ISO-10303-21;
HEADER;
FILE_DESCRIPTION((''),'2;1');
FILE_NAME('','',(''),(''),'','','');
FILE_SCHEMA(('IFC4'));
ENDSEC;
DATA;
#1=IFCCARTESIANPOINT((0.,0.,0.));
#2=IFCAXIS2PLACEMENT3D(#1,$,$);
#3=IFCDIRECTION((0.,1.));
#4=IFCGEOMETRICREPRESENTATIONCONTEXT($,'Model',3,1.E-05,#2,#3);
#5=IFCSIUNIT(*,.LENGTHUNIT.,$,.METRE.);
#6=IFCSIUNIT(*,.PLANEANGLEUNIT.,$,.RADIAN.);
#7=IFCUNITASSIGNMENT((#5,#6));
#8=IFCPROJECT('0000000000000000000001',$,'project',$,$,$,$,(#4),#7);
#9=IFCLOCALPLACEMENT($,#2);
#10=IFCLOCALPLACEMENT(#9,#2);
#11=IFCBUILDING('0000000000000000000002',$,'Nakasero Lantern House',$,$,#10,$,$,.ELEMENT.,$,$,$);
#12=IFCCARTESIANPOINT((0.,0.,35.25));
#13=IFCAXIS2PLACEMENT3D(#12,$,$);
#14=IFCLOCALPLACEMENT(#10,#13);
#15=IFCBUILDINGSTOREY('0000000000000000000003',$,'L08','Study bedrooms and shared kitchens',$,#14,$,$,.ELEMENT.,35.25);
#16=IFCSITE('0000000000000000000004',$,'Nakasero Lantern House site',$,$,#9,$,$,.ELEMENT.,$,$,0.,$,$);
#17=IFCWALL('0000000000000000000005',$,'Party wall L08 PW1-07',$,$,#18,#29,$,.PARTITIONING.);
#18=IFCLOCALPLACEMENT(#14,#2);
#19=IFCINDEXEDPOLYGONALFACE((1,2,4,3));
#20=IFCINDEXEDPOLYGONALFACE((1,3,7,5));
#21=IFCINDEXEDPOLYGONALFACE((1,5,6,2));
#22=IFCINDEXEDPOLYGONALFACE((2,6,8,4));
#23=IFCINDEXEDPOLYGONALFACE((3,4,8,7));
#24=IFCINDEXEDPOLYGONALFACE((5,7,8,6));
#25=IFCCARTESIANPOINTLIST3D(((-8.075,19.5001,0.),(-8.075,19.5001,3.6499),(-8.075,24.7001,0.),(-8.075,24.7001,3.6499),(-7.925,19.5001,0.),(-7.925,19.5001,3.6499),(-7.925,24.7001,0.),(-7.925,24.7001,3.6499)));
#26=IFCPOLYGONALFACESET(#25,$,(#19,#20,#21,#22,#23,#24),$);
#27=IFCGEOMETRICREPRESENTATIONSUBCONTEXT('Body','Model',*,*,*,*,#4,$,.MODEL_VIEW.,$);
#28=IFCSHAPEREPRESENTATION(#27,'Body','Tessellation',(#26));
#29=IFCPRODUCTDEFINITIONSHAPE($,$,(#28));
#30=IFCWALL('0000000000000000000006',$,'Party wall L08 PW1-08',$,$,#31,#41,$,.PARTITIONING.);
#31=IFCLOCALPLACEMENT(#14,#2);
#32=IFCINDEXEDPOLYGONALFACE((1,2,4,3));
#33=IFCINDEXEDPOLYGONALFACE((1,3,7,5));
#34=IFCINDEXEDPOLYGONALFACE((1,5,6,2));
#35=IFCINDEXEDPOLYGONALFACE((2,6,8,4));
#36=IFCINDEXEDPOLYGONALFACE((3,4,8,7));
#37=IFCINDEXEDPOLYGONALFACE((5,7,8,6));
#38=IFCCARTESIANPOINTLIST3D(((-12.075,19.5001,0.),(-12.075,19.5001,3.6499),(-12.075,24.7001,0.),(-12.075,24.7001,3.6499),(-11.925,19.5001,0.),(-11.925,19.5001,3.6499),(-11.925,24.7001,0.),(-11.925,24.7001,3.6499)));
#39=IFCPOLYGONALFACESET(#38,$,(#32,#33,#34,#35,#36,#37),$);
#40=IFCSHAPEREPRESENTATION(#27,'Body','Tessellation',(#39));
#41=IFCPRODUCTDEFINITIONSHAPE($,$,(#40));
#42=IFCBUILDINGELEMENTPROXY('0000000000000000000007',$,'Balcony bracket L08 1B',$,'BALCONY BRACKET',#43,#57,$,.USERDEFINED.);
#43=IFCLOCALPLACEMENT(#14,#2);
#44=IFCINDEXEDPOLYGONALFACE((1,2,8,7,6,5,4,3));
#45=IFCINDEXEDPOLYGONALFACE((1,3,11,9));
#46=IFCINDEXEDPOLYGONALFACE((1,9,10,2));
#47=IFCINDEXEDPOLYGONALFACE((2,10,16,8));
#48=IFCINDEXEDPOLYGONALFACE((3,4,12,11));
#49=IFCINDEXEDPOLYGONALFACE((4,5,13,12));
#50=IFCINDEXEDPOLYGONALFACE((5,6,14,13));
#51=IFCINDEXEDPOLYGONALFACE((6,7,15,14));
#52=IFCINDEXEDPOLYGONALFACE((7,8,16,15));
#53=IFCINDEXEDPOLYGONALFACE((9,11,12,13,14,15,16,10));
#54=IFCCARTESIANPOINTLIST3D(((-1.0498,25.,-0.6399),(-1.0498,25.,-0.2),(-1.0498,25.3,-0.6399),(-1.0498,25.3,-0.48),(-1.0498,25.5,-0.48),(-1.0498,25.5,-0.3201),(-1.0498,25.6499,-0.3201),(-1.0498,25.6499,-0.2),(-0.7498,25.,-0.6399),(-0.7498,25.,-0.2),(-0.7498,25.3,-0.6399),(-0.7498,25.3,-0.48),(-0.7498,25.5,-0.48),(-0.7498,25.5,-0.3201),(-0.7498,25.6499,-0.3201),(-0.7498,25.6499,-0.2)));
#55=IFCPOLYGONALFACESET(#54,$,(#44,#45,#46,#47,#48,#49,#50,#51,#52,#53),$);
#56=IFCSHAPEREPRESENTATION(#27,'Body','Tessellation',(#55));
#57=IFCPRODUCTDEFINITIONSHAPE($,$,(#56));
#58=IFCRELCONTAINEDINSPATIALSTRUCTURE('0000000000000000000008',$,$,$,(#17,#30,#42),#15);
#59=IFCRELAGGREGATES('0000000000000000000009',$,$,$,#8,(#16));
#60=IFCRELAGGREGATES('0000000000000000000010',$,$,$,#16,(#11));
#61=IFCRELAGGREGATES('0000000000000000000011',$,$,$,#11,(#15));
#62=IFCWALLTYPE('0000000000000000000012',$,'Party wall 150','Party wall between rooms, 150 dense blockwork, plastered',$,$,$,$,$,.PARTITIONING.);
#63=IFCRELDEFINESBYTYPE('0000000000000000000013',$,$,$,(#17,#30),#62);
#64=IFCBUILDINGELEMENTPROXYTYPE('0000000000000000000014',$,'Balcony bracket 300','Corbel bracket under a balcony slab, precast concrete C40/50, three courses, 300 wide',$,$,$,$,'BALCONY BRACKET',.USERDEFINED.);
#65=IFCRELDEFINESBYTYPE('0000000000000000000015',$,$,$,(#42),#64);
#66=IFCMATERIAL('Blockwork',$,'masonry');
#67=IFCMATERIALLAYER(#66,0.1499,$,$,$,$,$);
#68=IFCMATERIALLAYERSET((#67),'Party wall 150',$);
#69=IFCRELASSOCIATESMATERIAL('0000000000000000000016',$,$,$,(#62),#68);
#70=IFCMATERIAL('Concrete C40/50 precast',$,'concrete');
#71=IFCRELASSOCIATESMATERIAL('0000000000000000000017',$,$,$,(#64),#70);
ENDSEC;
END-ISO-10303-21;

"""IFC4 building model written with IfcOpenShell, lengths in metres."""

from ifc_helpers import new_model, si_unit, direction, frame, frame_2d, origin, place, context, subcontext, project, spatial, polyline, rectangle, outline, extrude, material, layer, layer_set, type_object, element, save


model = new_model("IFC4")

# Units and contexts
model_context = context("Model", 3, precision=1e-05, world=origin(), true_north=direction((0.0, 1.0)))
body_context = subcontext(model_context, "Body", "Model", "MODEL_VIEW")
ifc_project = project(units=[si_unit("LENGTHUNIT", "METRE"), si_unit("PLANEANGLEUNIT", "RADIAN")], contexts=[model_context])

# Site, building, storey
site_placement = place(None, origin())
site = spatial("IfcSite", under=ifc_project, at=site_placement, Name="Nakasero Lantern House site", CompositionType="ELEMENT", RefElevation=0.0)
building_placement = place(site_placement, origin())
building = spatial("IfcBuilding", under=site, at=building_placement, Name="Nakasero Lantern House", CompositionType="ELEMENT")
storey_placement = place(building_placement, frame((0.0, 0.0, 35.25)))
storey = spatial("IfcBuildingStorey", under=building, at=storey_placement, Name="L08", Description="Study bedrooms and shared kitchens", CompositionType="ELEMENT", Elevation=35.25)

# Walls
ifc_material_1 = material(Name="Blockwork", Category="masonry")
ifc_layer_1 = layer(ifc_material_1, 0.1499)
ifc_layer_set_1 = layer_set([ifc_layer_1], Name="Party wall 150")
wall_type_1 = type_object("IfcWallType", Name="Party wall 150", Description="Party wall between rooms, 150 dense blockwork, plastered", PredefinedType="PARTITIONING", material=ifc_layer_set_1)
for number, where, z_axis, x_axis, name in (
    (1, (-8.0, 19.5, 0.0), (0.0, 0.0, 1.0), (0.0, 1.0, 0.0), "Party wall L08 PW1-07"),
    (2, (-12.0, 19.5, 0.0), (0.0, 0.0, 1.0), (0.0, 1.0, 0.0), "Party wall L08 PW1-08"),
):
    element("IfcWall", number, at=place(storey_placement, frame(where, z_axis=z_axis, x_axis=x_axis)), inside=storey, type_object=wall_type_1, Name=name, PredefinedType="PARTITIONING", context=body_context, shape_type="SweptSolid", body=[
        extrude(rectangle(XDim=5.2, YDim=0.1499, at=frame_2d((2.6001, 0.0))), origin(), (0.0, 0.0, 1.0), 3.6499),
    ])

# Building element proxy
ifc_material_2 = material(Name="Concrete C40/50 precast", Category="concrete")
building_element_proxy_type = type_object("IfcBuildingElementProxyType", Name="Balcony bracket 300", Description="Corbel bracket under a balcony slab, precast concrete C40/50, three courses, 300 wide", ElementType="BALCONY BRACKET", PredefinedType="USERDEFINED", material=ifc_material_2)
proxy_placement = place(storey_placement, frame((-0.8999, 25.0, -0.2), z_axis=(0.0, 0.0, 1.0), x_axis=(0.0, 1.0, 0.0)))
element("IfcBuildingElementProxy", 3, at=proxy_placement, inside=storey, type_object=building_element_proxy_type, Name="Balcony bracket L08 1B", ObjectType="BALCONY BRACKET", PredefinedType="USERDEFINED", context=body_context, shape_type="SweptSolid", body=[
    extrude(outline(polyline([(0.0, 0.0), (0.6499, 0.0), (0.6499, -0.1201), (0.5, -0.1201), (0.5, -0.28), (0.3, -0.28), (0.3, -0.4399), (0.0, -0.4399), (0.0, 0.0)])), frame((0.0, 0.1499, 0.0), z_axis=(0.0, -1.0, 0.0), x_axis=(1.0, 0.0, 0.0)), (0.0, 0.0, 1.0), 0.3),
])

save(model, "model.ifc")
